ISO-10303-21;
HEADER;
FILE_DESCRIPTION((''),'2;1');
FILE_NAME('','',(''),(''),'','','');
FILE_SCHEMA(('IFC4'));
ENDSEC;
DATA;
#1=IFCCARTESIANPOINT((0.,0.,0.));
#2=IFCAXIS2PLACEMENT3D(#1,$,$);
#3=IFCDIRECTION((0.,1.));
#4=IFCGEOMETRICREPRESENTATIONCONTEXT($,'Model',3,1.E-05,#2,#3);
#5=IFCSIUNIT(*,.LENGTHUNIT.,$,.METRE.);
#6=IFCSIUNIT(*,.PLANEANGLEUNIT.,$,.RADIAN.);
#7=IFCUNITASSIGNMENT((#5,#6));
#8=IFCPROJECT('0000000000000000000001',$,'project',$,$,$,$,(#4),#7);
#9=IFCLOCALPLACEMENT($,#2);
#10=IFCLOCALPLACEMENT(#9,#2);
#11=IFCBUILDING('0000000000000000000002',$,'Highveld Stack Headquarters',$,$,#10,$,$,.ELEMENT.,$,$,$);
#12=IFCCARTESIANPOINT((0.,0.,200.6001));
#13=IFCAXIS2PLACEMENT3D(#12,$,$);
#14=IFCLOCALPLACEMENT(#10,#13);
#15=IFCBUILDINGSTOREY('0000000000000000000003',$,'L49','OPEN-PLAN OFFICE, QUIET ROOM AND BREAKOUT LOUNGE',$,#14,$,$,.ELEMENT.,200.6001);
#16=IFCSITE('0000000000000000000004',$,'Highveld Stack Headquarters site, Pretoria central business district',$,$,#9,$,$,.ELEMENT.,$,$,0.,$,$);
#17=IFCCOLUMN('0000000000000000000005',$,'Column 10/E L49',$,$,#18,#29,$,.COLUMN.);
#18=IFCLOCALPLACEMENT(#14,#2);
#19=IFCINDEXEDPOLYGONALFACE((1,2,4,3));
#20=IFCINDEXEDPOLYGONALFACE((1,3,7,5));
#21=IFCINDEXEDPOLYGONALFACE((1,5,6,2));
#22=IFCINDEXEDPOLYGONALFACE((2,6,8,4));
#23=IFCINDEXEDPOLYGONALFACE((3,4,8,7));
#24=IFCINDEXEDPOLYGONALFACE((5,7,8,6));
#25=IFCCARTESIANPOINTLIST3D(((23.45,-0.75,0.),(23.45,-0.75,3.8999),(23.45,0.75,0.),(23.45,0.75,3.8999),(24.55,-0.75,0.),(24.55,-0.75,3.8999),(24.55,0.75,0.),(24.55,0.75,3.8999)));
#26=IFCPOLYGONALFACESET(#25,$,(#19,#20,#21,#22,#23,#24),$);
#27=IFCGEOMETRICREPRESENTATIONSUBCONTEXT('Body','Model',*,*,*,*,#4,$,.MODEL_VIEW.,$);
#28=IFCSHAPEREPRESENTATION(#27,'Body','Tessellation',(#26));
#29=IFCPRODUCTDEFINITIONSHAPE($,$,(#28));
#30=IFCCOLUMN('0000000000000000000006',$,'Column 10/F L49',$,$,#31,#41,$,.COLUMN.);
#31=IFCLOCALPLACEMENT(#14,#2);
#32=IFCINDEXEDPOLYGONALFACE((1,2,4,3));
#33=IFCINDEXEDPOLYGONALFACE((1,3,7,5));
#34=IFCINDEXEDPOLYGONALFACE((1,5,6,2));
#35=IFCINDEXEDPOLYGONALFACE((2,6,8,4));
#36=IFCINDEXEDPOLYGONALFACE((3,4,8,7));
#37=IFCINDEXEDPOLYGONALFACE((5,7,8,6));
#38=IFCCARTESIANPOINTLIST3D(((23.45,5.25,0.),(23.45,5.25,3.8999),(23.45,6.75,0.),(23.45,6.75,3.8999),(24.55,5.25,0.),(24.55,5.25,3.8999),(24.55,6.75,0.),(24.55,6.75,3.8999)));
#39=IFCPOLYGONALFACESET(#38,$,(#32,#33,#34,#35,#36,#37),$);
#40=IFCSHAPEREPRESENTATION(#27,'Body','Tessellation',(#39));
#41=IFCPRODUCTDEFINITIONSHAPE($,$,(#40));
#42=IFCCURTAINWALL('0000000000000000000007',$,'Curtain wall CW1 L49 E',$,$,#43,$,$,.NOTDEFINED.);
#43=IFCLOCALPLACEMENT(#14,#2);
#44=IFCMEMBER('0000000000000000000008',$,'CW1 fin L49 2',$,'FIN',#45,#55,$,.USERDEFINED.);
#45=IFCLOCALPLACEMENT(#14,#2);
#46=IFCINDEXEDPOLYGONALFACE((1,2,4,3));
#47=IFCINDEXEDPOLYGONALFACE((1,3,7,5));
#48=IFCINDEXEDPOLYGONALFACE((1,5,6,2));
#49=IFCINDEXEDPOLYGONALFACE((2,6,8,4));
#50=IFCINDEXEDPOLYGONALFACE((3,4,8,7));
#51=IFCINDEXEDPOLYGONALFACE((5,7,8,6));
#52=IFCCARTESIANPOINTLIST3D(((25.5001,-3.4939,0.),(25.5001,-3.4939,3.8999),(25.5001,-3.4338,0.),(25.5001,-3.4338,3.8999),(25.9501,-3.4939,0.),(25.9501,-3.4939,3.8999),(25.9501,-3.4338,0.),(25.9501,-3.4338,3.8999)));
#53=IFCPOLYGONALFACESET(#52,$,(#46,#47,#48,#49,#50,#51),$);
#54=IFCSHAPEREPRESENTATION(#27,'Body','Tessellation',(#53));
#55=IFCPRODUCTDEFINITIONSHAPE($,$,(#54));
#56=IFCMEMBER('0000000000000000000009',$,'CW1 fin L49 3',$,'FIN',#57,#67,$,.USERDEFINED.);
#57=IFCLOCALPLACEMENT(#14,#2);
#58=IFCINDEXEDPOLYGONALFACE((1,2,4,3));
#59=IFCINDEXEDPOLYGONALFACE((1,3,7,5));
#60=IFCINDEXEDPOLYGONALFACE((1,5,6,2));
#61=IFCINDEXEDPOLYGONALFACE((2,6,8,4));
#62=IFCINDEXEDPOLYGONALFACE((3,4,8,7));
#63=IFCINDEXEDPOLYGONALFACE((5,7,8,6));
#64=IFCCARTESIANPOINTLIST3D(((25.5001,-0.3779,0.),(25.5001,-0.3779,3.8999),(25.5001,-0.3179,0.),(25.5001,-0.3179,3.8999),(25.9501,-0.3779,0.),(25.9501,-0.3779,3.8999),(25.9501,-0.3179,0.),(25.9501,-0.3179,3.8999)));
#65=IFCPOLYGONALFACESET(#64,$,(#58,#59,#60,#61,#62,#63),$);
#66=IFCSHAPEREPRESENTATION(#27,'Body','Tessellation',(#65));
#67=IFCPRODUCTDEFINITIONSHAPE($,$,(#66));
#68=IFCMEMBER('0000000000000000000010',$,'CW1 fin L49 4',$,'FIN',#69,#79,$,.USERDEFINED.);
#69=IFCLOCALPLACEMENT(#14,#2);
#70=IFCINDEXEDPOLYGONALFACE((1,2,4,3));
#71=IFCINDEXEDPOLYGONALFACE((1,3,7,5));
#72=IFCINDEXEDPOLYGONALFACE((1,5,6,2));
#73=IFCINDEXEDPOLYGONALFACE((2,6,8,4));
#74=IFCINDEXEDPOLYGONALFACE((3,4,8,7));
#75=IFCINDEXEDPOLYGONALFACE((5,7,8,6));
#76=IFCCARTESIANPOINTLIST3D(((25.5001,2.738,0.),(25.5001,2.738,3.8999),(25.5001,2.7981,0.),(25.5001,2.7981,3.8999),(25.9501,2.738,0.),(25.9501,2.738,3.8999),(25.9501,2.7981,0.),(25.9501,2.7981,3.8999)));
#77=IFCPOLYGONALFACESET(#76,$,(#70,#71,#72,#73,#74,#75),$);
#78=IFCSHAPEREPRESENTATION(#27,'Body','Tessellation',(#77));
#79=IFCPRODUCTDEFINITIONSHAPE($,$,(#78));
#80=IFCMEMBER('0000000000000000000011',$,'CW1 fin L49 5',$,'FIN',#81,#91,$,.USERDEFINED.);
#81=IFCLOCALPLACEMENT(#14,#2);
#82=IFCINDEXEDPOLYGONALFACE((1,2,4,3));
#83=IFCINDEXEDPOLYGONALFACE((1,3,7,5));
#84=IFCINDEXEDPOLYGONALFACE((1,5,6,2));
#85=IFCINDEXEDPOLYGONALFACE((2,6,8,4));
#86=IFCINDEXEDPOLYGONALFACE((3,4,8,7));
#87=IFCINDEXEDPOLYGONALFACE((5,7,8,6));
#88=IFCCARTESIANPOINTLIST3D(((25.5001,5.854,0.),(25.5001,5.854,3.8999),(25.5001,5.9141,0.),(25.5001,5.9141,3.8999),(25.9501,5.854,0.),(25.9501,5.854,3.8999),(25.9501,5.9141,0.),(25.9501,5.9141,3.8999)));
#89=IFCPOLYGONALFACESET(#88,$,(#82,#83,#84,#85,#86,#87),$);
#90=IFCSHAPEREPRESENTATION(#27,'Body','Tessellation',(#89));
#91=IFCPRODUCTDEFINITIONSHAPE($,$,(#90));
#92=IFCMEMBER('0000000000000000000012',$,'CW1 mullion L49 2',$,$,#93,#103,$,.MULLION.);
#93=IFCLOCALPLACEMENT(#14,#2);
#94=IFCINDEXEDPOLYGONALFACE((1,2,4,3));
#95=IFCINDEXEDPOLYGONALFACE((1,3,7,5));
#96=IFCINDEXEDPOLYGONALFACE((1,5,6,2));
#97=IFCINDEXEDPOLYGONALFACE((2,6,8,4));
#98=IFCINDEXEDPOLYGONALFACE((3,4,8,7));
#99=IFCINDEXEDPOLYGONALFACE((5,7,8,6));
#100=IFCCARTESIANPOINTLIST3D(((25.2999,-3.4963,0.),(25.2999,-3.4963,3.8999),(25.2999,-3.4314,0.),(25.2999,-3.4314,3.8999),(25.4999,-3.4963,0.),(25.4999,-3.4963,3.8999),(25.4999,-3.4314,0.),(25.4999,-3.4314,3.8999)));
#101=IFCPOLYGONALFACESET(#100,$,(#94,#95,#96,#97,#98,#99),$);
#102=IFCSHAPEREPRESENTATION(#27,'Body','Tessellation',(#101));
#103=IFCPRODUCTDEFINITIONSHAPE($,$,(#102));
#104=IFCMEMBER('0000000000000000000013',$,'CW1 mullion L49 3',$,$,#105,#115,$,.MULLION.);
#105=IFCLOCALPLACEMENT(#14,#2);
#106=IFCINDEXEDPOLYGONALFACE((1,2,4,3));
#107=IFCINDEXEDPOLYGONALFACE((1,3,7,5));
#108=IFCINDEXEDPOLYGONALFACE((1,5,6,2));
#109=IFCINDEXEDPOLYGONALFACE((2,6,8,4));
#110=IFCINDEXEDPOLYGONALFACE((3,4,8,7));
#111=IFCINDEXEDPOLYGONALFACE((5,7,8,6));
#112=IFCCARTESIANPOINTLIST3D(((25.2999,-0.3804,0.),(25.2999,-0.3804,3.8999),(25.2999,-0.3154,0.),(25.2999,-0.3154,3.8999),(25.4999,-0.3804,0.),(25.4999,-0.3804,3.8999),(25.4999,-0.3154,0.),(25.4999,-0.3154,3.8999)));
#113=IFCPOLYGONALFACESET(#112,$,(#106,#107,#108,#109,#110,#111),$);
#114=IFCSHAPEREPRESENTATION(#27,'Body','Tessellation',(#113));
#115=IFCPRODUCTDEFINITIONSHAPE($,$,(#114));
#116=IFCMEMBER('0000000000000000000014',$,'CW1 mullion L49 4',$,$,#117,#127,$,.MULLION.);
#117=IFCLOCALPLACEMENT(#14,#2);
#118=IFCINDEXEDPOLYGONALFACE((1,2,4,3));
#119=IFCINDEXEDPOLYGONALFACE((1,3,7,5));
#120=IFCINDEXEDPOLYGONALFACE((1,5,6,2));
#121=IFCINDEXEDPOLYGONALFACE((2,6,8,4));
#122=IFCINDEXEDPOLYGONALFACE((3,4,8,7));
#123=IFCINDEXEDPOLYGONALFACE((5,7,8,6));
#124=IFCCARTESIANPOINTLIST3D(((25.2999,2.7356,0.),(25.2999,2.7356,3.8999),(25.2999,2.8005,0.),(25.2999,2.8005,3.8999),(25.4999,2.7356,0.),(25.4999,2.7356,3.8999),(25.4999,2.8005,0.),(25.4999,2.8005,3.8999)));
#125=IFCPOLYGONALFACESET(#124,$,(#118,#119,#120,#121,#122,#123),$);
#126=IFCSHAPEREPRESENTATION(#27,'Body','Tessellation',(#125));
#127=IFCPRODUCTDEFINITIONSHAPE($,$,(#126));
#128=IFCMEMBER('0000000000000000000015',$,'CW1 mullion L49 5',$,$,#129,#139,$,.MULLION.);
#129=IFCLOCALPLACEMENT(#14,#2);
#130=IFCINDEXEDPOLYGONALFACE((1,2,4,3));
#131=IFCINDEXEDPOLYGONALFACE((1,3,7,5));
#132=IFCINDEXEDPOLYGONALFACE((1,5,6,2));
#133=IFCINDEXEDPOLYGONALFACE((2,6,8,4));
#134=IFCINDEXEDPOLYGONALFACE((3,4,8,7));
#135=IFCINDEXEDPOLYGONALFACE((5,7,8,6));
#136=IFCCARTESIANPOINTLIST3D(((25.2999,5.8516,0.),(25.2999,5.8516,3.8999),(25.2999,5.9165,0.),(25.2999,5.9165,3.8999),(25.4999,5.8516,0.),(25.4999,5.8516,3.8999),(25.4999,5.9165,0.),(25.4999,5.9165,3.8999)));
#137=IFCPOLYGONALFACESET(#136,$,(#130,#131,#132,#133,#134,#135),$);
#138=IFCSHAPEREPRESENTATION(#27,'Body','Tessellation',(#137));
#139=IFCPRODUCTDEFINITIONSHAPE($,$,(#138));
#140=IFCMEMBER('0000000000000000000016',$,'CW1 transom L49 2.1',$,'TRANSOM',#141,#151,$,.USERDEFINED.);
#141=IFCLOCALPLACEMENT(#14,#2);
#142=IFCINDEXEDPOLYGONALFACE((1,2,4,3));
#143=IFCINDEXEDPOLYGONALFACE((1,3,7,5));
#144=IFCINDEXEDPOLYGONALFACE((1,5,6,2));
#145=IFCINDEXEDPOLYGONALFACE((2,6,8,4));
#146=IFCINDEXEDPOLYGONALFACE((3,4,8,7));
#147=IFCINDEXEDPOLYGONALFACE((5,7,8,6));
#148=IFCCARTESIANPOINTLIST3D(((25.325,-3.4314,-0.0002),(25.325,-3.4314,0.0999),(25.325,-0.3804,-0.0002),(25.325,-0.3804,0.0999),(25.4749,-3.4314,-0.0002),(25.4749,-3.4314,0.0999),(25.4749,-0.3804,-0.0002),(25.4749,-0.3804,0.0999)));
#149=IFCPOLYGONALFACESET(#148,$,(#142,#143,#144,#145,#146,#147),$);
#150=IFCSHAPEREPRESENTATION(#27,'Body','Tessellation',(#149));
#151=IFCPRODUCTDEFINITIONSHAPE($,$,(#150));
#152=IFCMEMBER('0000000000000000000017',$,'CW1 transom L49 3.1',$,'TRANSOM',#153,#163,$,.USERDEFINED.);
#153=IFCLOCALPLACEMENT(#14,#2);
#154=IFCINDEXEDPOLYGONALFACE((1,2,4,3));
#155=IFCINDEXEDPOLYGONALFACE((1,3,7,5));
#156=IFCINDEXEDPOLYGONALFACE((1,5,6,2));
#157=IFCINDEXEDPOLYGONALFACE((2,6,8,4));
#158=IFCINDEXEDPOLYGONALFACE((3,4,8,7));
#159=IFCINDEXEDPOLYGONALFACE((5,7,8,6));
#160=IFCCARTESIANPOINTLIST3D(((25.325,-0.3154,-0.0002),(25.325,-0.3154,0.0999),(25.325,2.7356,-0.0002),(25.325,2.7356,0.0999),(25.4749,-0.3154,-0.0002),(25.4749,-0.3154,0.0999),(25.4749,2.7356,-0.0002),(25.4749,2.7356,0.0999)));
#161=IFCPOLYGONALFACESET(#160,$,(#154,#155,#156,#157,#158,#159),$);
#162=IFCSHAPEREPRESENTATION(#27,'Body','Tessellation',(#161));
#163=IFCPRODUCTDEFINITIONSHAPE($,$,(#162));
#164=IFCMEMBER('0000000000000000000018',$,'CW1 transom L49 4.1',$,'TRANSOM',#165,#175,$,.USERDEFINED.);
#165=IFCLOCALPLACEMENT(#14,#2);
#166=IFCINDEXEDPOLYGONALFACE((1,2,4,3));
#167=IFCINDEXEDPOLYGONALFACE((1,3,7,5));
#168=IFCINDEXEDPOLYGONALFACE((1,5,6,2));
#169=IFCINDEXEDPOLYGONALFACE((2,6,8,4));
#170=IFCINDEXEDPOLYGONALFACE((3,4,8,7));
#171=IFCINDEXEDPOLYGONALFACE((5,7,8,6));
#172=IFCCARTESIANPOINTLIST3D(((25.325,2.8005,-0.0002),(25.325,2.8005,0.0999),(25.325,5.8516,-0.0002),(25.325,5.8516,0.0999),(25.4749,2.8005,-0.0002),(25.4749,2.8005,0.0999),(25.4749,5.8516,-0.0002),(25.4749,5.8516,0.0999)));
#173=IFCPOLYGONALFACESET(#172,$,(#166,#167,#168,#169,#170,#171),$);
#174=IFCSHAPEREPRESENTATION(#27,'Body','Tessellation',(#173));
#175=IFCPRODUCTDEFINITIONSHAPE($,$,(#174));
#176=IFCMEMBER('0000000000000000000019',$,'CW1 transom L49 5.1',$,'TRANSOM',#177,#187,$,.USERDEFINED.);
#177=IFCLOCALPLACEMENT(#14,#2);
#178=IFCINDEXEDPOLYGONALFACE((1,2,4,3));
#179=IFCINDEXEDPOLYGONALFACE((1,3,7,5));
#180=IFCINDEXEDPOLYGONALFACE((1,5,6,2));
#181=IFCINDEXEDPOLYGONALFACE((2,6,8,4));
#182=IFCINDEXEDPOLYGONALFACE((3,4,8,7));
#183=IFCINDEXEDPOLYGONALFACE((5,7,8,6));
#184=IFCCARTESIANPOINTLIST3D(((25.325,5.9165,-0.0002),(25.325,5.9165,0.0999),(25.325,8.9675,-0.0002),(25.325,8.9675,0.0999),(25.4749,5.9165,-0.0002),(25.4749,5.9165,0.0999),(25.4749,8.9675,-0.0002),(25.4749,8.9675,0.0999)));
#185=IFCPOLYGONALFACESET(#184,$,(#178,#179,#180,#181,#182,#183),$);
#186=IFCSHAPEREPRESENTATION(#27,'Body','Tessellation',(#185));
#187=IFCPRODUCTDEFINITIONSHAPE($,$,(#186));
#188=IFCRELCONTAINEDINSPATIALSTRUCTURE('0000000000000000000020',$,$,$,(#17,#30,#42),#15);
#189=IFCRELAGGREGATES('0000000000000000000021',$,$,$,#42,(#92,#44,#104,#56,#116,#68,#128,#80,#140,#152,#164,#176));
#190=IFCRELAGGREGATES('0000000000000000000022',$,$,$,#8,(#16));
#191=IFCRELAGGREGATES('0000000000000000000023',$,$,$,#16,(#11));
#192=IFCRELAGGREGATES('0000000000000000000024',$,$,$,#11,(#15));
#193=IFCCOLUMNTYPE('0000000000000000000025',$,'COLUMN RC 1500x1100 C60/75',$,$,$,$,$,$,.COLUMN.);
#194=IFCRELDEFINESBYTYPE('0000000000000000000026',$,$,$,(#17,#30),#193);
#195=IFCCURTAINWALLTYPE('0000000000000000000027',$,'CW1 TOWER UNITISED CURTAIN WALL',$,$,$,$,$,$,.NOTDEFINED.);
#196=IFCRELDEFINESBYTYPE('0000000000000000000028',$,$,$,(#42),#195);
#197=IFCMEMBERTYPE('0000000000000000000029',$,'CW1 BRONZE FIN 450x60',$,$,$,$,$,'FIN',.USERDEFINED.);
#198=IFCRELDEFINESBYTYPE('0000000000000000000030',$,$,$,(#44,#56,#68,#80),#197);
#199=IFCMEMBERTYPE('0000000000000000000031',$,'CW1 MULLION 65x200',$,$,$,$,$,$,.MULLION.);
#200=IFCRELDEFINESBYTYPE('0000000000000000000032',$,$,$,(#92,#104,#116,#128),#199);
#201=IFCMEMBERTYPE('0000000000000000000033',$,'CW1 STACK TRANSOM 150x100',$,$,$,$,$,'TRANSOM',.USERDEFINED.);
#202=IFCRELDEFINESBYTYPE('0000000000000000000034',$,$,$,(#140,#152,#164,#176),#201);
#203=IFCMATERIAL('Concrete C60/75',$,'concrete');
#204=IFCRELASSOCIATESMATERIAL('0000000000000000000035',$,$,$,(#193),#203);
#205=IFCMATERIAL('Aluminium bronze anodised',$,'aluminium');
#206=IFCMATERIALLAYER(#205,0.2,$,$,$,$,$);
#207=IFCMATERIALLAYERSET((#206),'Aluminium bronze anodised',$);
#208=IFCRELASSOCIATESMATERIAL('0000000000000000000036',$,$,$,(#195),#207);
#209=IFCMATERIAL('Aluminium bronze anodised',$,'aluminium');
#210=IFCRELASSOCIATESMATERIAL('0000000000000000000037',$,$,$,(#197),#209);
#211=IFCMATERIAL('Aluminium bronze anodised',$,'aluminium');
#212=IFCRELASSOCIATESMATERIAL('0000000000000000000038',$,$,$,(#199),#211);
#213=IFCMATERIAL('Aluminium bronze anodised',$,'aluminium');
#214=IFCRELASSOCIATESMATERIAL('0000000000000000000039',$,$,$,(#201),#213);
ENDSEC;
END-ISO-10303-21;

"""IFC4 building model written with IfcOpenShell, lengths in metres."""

from ifc_helpers import new_model, si_unit, direction, frame, origin, origin_2d, place, context, subcontext, project, spatial, rectangle, extrude, material, layer, layer_set, material_profile, profile_set, type_object, element, aggregate, save


model = new_model("IFC4")

# Units and contexts
model_context = context("Model", 3, precision=1e-05, world=origin(), true_north=direction((0.0, 1.0)))
body_context = subcontext(model_context, "Body", "Model", "MODEL_VIEW")
ifc_project = project(units=[si_unit("LENGTHUNIT", "METRE"), si_unit("PLANEANGLEUNIT", "RADIAN")], contexts=[model_context])

# Site, building, storey
site_placement = place(None, origin())
site = spatial("IfcSite", under=ifc_project, at=site_placement, Name="Highveld Stack Headquarters site, Pretoria central business district", CompositionType="ELEMENT", RefElevation=0.0)
building_placement = place(site_placement, origin())
building = spatial("IfcBuilding", under=site, at=building_placement, Name="Highveld Stack Headquarters", CompositionType="ELEMENT")
storey_placement = place(building_placement, frame((0.0, 0.0, 200.6001)))
storey = spatial("IfcBuildingStorey", under=building, at=storey_placement, Name="L49", Description="OPEN-PLAN OFFICE, QUIET ROOM AND BREAKOUT LOUNGE", CompositionType="ELEMENT", Elevation=200.6001)

# Columns
ifc_material_1 = material(Name="Concrete C60/75", Category="concrete")
ifc_material_profile_1 = material_profile(ifc_material_1, rectangle(XDim=1.5, YDim=1.1001, at=origin_2d()), Name="RC 1500x1100")
ifc_profile_set_1 = profile_set([ifc_material_profile_1], Name="Concrete C60/75")
column_type = type_object("IfcColumnType", Name="COLUMN RC 1500x1100 C60/75", PredefinedType="COLUMN", material=ifc_profile_set_1)
for number, where, z_axis, x_axis, name in (
    (1, (24.0, 0.0, 0.0), (0.0, 0.0, 1.0), (0.0, 1.0, 0.0), "Column 10/E L49"),
    (2, (24.0, 6.0, 0.0), (0.0, 0.0, 1.0), (0.0, 1.0, 0.0), "Column 10/F L49"),
):
    element("IfcColumn", number, at=place(storey_placement, frame(where, z_axis=z_axis, x_axis=x_axis)), inside=storey, type_object=column_type, Name=name, PredefinedType="COLUMN", context=body_context, shape_type="SweptSolid", body=[
        extrude(rectangle(XDim=1.5, YDim=1.1001, at=origin_2d()), origin(), (0.0, 0.0, 1.0), 3.8999),
    ])

# Curtain wall, members
ifc_material_2 = material(Name="Aluminium bronze anodised", Category="aluminium")
ifc_layer_1 = layer(ifc_material_2, 0.2)
ifc_layer_set_1 = layer_set([ifc_layer_1], Name="Aluminium bronze anodised")
curtain_wall_type = type_object("IfcCurtainWallType", Name="CW1 TOWER UNITISED CURTAIN WALL", PredefinedType="NOTDEFINED", material=ifc_layer_set_1)
curtain_wall_placement = place(storey_placement, origin())
curtain_wall = element("IfcCurtainWall", 3, at=curtain_wall_placement, inside=storey, type_object=curtain_wall_type, Name="Curtain wall CW1 L49 E", PredefinedType="NOTDEFINED")
ifc_material_3 = material(Name="Aluminium bronze anodised", Category="aluminium")
ifc_material_profile_2 = material_profile(ifc_material_3, rectangle(XDim=0.45, YDim=0.0601, at=origin_2d()), Name="FIN 450x60")
ifc_profile_set_2 = profile_set([ifc_material_profile_2], Name="Aluminium bronze anodised")
member_type_1 = type_object("IfcMemberType", Name="CW1 BRONZE FIN 450x60", ElementType="FIN", PredefinedType="USERDEFINED", material=ifc_profile_set_2)
member_1_placement = place(storey_placement, frame((25.7251, -3.4639, 0.0), z_axis=(0.0, 0.0, 1.0), x_axis=(-1.0, 0.0, 0.0)))
member_1 = element("IfcMember", 4, at=member_1_placement, type_object=member_type_1, Name="CW1 fin L49 2", ObjectType="FIN", PredefinedType="USERDEFINED", context=body_context, shape_type="SweptSolid", body=[
    extrude(rectangle(XDim=0.45, YDim=0.0601, at=origin_2d()), origin(), (0.0, 0.0, 1.0), 3.8999),
])
member_2_placement = place(storey_placement, frame((25.7251, -0.3479, 0.0), z_axis=(0.0, 0.0, 1.0), x_axis=(-1.0, 0.0, 0.0)))
member_2 = element("IfcMember", 5, at=member_2_placement, type_object=member_type_1, Name="CW1 fin L49 3", ObjectType="FIN", PredefinedType="USERDEFINED", context=body_context, shape_type="SweptSolid", body=[
    extrude(rectangle(XDim=0.45, YDim=0.0601, at=origin_2d()), origin(), (0.0, 0.0, 1.0), 3.8999),
])
member_3_placement = place(storey_placement, frame((25.7251, 2.7681, 0.0), z_axis=(0.0, 0.0, 1.0), x_axis=(-1.0, 0.0, 0.0)))
member_3 = element("IfcMember", 6, at=member_3_placement, type_object=member_type_1, Name="CW1 fin L49 4", ObjectType="FIN", PredefinedType="USERDEFINED", context=body_context, shape_type="SweptSolid", body=[
    extrude(rectangle(XDim=0.45, YDim=0.0601, at=origin_2d()), origin(), (0.0, 0.0, 1.0), 3.8999),
])
member_4_placement = place(storey_placement, frame((25.7251, 5.884, 0.0), z_axis=(0.0, 0.0, 1.0), x_axis=(-1.0, 0.0, 0.0)))
member_4 = element("IfcMember", 7, at=member_4_placement, type_object=member_type_1, Name="CW1 fin L49 5", ObjectType="FIN", PredefinedType="USERDEFINED", context=body_context, shape_type="SweptSolid", body=[
    extrude(rectangle(XDim=0.45, YDim=0.0601, at=origin_2d()), origin(), (0.0, 0.0, 1.0), 3.8999),
])
ifc_material_4 = material(Name="Aluminium bronze anodised", Category="aluminium")
ifc_material_profile_3 = material_profile(ifc_material_4, rectangle(XDim=0.2, YDim=0.0649, at=origin_2d()), Name="CW1 MULLION 65x200")
ifc_profile_set_3 = profile_set([ifc_material_profile_3], Name="Aluminium bronze anodised")
member_type_2 = type_object("IfcMemberType", Name="CW1 MULLION 65x200", PredefinedType="MULLION", material=ifc_profile_set_3)
member_5_placement = place(storey_placement, frame((25.3999, -3.4639, 0.0), z_axis=(0.0, 0.0, 1.0), x_axis=(-1.0, 0.0, 0.0)))
member_5 = element("IfcMember", 8, at=member_5_placement, type_object=member_type_2, Name="CW1 mullion L49 2", PredefinedType="MULLION", context=body_context, shape_type="SweptSolid", body=[
    extrude(rectangle(XDim=0.2, YDim=0.0649, at=origin_2d()), origin(), (0.0, 0.0, 1.0), 3.8999),
])
member_6_placement = place(storey_placement, frame((25.3999, -0.3479, 0.0), z_axis=(0.0, 0.0, 1.0), x_axis=(-1.0, 0.0, 0.0)))
member_6 = element("IfcMember", 9, at=member_6_placement, type_object=member_type_2, Name="CW1 mullion L49 3", PredefinedType="MULLION", context=body_context, shape_type="SweptSolid", body=[
    extrude(rectangle(XDim=0.2, YDim=0.0649, at=origin_2d()), origin(), (0.0, 0.0, 1.0), 3.8999),
])
member_7_placement = place(storey_placement, frame((25.3999, 2.7681, 0.0), z_axis=(0.0, 0.0, 1.0), x_axis=(-1.0, 0.0, 0.0)))
member_7 = element("IfcMember", 10, at=member_7_placement, type_object=member_type_2, Name="CW1 mullion L49 4", PredefinedType="MULLION", context=body_context, shape_type="SweptSolid", body=[
    extrude(rectangle(XDim=0.2, YDim=0.0649, at=origin_2d()), origin(), (0.0, 0.0, 1.0), 3.8999),
])
member_8_placement = place(storey_placement, frame((25.3999, 5.884, 0.0), z_axis=(0.0, 0.0, 1.0), x_axis=(-1.0, 0.0, 0.0)))
member_8 = element("IfcMember", 11, at=member_8_placement, type_object=member_type_2, Name="CW1 mullion L49 5", PredefinedType="MULLION", context=body_context, shape_type="SweptSolid", body=[
    extrude(rectangle(XDim=0.2, YDim=0.0649, at=origin_2d()), origin(), (0.0, 0.0, 1.0), 3.8999),
])
ifc_material_5 = material(Name="Aluminium bronze anodised", Category="aluminium")
ifc_material_profile_4 = material_profile(ifc_material_5, rectangle(XDim=0.1499, YDim=0.1001, at=origin_2d()), Name="CW1 TRANSOM 150x100")
ifc_profile_set_4 = profile_set([ifc_material_profile_4], Name="Aluminium bronze anodised")
member_type_3 = type_object("IfcMemberType", Name="CW1 STACK TRANSOM 150x100", ElementType="TRANSOM", PredefinedType="USERDEFINED", material=ifc_profile_set_4)
member_9_placement = place(storey_placement, frame((25.3999, -3.4314, 0.0498), z_axis=(0.0, 1.0, 0.0), x_axis=(-1.0, 0.0, 0.0)))
member_9 = element("IfcMember", 12, at=member_9_placement, type_object=member_type_3, Name="CW1 transom L49 2.1", ObjectType="TRANSOM", PredefinedType="USERDEFINED", context=body_context, shape_type="SweptSolid", body=[
    extrude(rectangle(XDim=0.1499, YDim=0.1001, at=origin_2d()), origin(), (0.0, 0.0, 1.0), 3.051),
])
member_10_placement = place(storey_placement, frame((25.3999, -0.3154, 0.0498), z_axis=(0.0, 1.0, 0.0), x_axis=(-1.0, 0.0, 0.0)))
member_10 = element("IfcMember", 13, at=member_10_placement, type_object=member_type_3, Name="CW1 transom L49 3.1", ObjectType="TRANSOM", PredefinedType="USERDEFINED", context=body_context, shape_type="SweptSolid", body=[
    extrude(rectangle(XDim=0.1499, YDim=0.1001, at=origin_2d()), origin(), (0.0, 0.0, 1.0), 3.051),
])
member_11_placement = place(storey_placement, frame((25.3999, 2.8005, 0.0498), z_axis=(0.0, 1.0, 0.0), x_axis=(-1.0, 0.0, 0.0)))
member_11 = element("IfcMember", 14, at=member_11_placement, type_object=member_type_3, Name="CW1 transom L49 4.1", ObjectType="TRANSOM", PredefinedType="USERDEFINED", context=body_context, shape_type="SweptSolid", body=[
    extrude(rectangle(XDim=0.1499, YDim=0.1001, at=origin_2d()), origin(), (0.0, 0.0, 1.0), 3.051),
])
member_12_placement = place(storey_placement, frame((25.3999, 5.9165, 0.0498), z_axis=(0.0, 1.0, 0.0), x_axis=(-1.0, 0.0, 0.0)))
member_12 = element("IfcMember", 15, at=member_12_placement, type_object=member_type_3, Name="CW1 transom L49 5.1", ObjectType="TRANSOM", PredefinedType="USERDEFINED", context=body_context, shape_type="SweptSolid", body=[
    extrude(rectangle(XDim=0.1499, YDim=0.1001, at=origin_2d()), origin(), (0.0, 0.0, 1.0), 3.051),
])
aggregate(curtain_wall, [member_5, member_1, member_6, member_2, member_7, member_3, member_8, member_4, member_9, member_10, member_11, member_12])

save(model, "model.ifc")
